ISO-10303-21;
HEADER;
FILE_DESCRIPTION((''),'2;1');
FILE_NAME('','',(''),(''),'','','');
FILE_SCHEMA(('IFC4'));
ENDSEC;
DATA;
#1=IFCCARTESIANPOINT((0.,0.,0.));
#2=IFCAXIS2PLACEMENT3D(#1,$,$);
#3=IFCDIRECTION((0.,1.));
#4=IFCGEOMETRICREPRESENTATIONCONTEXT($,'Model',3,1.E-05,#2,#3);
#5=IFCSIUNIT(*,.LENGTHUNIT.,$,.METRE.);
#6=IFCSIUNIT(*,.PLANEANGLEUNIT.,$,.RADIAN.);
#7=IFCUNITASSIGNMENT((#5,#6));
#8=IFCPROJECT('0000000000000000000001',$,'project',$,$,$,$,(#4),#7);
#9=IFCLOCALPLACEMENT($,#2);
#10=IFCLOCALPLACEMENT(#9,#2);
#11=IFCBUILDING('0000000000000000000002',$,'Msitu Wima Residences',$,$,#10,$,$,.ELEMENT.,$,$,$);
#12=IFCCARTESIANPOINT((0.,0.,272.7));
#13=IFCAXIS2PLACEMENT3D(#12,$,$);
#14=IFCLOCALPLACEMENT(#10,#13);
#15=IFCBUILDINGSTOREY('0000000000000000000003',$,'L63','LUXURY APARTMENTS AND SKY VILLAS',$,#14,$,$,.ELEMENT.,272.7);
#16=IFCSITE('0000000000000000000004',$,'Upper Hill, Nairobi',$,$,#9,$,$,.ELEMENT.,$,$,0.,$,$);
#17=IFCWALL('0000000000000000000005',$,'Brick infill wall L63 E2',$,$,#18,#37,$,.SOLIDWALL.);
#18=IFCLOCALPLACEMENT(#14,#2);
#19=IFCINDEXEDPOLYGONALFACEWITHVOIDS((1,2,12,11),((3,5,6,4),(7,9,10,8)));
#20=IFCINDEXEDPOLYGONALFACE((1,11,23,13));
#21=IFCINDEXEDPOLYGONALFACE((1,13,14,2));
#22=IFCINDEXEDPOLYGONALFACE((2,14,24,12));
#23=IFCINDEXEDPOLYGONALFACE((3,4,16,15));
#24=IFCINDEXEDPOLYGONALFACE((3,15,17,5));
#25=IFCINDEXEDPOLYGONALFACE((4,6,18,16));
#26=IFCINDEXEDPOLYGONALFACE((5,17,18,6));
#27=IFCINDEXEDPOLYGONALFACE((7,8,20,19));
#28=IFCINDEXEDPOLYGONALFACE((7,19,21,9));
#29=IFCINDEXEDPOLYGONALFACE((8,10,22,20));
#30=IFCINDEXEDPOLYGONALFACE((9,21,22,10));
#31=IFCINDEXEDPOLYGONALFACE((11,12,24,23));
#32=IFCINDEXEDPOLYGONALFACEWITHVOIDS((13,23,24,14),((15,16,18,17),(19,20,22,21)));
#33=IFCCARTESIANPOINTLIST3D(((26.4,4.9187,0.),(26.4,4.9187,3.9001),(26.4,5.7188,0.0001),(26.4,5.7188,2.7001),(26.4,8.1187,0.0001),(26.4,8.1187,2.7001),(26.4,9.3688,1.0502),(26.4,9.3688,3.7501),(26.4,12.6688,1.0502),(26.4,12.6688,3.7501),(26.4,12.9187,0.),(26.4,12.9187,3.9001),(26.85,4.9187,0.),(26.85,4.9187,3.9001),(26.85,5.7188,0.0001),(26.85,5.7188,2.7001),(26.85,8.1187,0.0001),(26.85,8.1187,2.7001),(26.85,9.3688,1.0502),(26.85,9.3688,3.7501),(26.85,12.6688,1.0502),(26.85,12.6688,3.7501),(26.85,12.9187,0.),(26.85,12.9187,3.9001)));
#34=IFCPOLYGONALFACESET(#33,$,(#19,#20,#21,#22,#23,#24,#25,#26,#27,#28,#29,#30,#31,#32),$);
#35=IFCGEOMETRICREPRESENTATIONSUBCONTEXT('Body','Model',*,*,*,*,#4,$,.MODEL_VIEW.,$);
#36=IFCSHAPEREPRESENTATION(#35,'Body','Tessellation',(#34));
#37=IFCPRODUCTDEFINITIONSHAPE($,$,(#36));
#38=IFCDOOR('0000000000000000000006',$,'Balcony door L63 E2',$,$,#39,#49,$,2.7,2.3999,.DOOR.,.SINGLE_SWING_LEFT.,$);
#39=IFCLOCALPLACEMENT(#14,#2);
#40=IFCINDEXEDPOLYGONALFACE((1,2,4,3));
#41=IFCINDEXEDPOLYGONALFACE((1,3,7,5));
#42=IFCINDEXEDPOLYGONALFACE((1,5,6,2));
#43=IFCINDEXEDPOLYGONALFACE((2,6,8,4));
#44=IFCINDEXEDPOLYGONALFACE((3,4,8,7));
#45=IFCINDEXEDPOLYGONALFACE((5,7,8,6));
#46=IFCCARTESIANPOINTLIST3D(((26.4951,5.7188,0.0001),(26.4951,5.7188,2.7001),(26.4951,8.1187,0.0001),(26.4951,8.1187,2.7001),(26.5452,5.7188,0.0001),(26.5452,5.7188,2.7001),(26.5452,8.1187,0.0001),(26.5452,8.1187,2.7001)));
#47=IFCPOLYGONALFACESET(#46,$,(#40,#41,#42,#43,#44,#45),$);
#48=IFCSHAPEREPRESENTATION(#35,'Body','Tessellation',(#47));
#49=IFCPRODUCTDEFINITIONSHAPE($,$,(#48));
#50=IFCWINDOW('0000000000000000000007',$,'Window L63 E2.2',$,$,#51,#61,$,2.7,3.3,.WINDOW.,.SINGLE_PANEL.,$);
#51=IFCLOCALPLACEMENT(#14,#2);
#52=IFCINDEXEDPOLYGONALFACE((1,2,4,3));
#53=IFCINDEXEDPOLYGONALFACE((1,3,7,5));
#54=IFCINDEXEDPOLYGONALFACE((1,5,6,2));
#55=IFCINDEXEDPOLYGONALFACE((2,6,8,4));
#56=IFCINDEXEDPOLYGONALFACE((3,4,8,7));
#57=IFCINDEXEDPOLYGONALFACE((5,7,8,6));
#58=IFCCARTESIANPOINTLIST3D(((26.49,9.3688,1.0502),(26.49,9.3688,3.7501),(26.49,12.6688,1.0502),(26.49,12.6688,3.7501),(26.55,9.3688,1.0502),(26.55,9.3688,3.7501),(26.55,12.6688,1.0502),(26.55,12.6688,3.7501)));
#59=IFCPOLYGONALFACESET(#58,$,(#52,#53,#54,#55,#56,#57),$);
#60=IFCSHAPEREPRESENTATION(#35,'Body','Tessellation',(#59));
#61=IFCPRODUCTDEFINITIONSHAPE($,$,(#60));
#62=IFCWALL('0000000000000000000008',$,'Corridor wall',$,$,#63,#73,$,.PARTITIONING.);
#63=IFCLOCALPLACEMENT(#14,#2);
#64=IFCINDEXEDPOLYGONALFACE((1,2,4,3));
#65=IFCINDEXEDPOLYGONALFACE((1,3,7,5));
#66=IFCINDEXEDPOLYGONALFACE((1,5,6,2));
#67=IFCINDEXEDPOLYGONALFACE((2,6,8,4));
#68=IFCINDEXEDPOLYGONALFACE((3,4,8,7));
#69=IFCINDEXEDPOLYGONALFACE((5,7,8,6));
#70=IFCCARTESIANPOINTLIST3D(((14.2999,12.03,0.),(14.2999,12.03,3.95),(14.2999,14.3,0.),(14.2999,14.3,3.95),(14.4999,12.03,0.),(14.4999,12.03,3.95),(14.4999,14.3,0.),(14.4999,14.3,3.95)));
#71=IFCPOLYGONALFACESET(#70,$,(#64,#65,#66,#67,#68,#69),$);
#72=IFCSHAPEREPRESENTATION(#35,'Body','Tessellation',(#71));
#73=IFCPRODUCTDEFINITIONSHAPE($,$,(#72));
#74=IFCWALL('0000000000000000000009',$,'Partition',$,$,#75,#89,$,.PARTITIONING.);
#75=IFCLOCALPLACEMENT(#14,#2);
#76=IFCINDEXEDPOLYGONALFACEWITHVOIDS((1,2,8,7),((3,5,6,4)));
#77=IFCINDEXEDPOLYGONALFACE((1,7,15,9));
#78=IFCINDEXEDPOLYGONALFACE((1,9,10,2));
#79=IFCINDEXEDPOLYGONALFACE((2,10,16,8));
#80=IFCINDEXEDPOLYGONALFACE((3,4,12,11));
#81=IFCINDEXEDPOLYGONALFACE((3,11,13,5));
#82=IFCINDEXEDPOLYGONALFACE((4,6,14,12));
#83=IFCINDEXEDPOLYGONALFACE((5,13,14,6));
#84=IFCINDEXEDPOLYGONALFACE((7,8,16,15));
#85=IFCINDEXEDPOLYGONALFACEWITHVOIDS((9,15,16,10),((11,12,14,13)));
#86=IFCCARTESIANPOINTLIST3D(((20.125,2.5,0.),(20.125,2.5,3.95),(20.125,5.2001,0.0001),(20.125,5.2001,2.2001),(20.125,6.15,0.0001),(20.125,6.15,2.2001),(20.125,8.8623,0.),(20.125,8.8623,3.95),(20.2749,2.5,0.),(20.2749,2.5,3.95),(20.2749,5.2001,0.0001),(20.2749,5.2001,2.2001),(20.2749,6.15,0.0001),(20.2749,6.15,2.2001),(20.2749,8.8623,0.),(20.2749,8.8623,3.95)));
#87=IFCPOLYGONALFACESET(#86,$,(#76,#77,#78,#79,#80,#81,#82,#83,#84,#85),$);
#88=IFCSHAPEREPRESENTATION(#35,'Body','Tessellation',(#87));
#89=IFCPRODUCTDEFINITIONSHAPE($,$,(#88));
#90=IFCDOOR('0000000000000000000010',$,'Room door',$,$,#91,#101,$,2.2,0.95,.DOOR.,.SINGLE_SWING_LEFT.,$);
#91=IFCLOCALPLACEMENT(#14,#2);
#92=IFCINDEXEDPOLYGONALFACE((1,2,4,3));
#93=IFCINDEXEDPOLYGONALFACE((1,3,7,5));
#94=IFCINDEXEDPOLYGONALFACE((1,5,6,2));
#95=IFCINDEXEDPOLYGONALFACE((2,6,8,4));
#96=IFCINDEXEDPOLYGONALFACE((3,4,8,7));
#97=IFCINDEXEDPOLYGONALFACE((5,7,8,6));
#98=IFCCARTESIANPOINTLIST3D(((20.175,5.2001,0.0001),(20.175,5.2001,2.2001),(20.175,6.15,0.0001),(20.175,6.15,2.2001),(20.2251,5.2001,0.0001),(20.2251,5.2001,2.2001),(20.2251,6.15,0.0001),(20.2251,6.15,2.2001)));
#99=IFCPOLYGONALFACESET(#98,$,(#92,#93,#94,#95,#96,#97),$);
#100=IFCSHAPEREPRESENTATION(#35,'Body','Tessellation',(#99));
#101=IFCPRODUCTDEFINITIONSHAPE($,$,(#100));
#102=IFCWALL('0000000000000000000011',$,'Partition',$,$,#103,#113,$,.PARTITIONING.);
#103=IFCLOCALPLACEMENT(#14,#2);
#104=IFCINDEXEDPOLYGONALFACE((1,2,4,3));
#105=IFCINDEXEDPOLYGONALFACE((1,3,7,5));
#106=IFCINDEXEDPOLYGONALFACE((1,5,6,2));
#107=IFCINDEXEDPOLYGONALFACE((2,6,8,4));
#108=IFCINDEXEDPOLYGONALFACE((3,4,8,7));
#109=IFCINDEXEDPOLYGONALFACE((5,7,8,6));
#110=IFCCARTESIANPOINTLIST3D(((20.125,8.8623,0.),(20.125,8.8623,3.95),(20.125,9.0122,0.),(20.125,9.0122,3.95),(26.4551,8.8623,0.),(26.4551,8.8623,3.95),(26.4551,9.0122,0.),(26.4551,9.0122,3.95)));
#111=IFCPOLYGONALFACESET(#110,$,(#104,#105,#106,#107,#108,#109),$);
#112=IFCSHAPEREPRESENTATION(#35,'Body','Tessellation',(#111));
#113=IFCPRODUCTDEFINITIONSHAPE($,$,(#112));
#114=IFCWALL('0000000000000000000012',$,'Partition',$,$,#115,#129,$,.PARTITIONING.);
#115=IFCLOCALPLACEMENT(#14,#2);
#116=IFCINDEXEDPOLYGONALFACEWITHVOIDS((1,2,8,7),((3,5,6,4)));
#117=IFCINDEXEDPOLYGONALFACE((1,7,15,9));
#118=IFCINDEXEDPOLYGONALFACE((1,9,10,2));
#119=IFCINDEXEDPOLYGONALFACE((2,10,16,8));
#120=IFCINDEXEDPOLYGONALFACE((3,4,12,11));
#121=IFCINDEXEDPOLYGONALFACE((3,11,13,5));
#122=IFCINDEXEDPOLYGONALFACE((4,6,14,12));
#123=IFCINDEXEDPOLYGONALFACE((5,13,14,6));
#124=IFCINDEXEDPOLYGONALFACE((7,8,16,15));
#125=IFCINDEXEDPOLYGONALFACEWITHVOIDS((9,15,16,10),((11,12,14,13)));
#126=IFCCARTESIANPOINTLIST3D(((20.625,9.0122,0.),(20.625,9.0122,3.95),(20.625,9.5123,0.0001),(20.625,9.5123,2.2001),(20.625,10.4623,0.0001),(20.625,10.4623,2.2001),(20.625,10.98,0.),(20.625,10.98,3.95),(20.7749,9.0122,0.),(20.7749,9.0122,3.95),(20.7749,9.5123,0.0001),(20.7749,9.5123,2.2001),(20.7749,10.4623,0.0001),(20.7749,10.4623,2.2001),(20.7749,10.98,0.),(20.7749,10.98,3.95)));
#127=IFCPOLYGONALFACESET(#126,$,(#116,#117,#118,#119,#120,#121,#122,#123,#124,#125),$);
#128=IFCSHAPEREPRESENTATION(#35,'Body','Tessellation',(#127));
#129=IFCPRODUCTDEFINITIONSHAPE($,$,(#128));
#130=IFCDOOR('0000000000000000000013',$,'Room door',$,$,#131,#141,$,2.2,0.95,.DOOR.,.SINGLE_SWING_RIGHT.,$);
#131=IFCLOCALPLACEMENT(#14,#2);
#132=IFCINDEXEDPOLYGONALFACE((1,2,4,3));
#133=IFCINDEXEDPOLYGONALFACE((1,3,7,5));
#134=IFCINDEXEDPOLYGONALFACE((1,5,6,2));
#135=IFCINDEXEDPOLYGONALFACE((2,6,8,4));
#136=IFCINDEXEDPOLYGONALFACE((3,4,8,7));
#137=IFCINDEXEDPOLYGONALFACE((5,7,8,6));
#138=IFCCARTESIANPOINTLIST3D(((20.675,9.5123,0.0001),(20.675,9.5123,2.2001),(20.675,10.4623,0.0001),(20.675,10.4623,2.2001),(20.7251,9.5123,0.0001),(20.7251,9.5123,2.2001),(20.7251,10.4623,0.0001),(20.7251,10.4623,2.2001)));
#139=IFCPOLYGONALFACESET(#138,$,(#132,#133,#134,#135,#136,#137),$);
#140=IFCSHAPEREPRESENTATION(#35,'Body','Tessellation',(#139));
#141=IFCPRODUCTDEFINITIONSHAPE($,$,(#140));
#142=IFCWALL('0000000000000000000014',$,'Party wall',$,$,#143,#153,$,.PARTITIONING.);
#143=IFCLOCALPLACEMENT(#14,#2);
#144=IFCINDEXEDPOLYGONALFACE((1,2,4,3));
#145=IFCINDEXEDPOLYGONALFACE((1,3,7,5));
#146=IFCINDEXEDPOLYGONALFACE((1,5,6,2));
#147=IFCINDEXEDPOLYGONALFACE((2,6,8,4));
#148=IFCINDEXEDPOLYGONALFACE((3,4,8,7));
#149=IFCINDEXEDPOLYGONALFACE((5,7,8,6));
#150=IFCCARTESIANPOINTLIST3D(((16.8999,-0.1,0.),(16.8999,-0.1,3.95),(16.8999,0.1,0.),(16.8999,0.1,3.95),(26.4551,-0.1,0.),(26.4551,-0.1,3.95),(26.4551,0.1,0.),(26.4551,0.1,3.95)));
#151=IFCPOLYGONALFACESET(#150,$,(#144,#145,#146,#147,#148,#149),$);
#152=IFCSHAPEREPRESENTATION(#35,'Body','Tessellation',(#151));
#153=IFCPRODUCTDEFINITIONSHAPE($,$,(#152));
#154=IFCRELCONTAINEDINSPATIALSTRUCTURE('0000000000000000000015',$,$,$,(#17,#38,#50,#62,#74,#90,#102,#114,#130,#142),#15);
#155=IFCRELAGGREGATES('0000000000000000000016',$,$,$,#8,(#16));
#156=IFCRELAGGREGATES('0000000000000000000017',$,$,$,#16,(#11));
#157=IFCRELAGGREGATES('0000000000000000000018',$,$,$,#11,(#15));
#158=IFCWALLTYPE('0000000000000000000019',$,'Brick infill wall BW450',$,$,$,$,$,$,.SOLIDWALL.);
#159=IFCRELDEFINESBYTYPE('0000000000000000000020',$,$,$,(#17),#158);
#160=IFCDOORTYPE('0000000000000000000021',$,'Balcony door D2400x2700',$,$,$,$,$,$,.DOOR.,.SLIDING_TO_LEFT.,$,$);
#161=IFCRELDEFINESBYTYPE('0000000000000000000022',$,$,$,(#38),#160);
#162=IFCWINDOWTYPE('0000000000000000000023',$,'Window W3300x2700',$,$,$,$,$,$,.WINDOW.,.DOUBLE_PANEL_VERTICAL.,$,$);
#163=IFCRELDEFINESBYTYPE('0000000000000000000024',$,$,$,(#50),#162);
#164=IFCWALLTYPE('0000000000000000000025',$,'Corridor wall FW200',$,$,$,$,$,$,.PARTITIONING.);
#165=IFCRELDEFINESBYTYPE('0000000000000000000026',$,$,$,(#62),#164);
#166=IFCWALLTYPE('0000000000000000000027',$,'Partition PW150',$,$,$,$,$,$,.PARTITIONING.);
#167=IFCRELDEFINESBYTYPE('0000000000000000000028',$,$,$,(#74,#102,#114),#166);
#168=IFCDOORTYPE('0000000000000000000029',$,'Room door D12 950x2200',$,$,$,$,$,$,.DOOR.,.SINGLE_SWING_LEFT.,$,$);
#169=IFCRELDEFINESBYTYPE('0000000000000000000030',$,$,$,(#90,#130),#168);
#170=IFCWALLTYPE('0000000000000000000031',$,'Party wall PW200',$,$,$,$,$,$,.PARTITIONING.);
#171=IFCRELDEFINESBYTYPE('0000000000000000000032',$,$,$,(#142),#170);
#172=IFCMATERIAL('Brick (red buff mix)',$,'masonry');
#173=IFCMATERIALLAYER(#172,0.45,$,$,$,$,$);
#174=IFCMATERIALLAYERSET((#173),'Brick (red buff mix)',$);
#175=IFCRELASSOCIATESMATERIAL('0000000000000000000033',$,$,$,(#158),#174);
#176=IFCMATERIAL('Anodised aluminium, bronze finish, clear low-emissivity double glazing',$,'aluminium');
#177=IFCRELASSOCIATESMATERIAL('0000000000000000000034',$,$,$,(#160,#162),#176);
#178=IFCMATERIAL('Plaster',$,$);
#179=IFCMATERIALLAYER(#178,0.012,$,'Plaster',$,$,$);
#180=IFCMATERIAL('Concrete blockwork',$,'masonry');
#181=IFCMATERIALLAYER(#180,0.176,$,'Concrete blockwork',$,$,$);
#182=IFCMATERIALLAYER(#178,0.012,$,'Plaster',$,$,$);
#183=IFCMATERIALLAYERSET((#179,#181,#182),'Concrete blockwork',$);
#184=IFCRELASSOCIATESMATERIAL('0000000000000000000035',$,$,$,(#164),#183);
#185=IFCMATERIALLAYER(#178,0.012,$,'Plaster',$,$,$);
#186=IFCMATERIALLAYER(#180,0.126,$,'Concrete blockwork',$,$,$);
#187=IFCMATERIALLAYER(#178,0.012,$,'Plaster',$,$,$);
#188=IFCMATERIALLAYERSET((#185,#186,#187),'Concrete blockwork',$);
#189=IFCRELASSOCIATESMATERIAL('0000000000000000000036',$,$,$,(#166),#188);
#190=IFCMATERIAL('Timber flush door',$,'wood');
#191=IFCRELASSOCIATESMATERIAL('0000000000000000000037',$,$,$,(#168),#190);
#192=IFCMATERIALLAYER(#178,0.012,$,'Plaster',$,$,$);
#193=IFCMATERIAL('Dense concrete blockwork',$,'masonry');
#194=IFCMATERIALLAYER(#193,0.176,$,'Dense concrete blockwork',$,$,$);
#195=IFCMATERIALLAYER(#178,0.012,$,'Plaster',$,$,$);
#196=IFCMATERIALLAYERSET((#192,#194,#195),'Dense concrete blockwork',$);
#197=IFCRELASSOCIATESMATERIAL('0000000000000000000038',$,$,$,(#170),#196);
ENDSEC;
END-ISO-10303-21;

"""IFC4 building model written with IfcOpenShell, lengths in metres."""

from ifc_helpers import new_model, si_unit, direction, frame, frame_2d, origin, place, context, subcontext, project, spatial, rectangle, extrude, material, layer, layer_set, type_object, element, fill, save


model = new_model("IFC4")

# Units and contexts
model_context = context("Model", 3, precision=1e-05, world=origin(), true_north=direction((0.0, 1.0)))
body_context = subcontext(model_context, "Body", "Model", "MODEL_VIEW")
ifc_project = project(units=[si_unit("LENGTHUNIT", "METRE"), si_unit("PLANEANGLEUNIT", "RADIAN")], contexts=[model_context])

# Site, building, storey
site_placement = place(None, origin())
site = spatial("IfcSite", under=ifc_project, at=site_placement, Name="Upper Hill, Nairobi", CompositionType="ELEMENT", RefElevation=0.0)
building_placement = place(site_placement, origin())
building = spatial("IfcBuilding", under=site, at=building_placement, Name="Msitu Wima Residences", CompositionType="ELEMENT")
storey_placement = place(building_placement, frame((0.0, 0.0, 272.7)))
storey = spatial("IfcBuildingStorey", under=building, at=storey_placement, Name="L63", Description="LUXURY APARTMENTS AND SKY VILLAS", CompositionType="ELEMENT", Elevation=272.7)

# Wall, openings, door, window
ifc_material_1 = material(Name="Brick (red buff mix)", Category="masonry")
ifc_layer_1 = layer(ifc_material_1, 0.45)
ifc_layer_set_1 = layer_set([ifc_layer_1], Name="Brick (red buff mix)")
wall_type_1 = type_object("IfcWallType", Name="Brick infill wall BW450", PredefinedType="SOLIDWALL", material=ifc_layer_set_1)
wall_1_placement = place(storey_placement, frame((26.625, 4.9187, 0.0), z_axis=(0.0, 0.0, 1.0), x_axis=(0.0, 1.0, 0.0)))
wall_1 = element("IfcWall", 1, at=wall_1_placement, inside=storey, type_object=wall_type_1, Name="Brick infill wall L63 E2", PredefinedType="SOLIDWALL", context=body_context, shape_type="SweptSolid", body=[
    extrude(rectangle(XDim=8.0, YDim=0.45, at=frame_2d((4.0, 0.0))), origin(), (0.0, 0.0, 1.0), 3.9001),
])
opening_1_placement = place(wall_1_placement, frame((0.8, 0.0, 0.0)))
opening_1 = element("IfcOpeningElement", 2, at=opening_1_placement, cuts=wall_1, PredefinedType="OPENING", context=body_context, shape_type="SweptSolid", body=[
    extrude(rectangle(XDim=2.3999, YDim=2.7, at=frame_2d((1.2, 1.3501))), frame((0.0, 0.2349, 0.0), z_axis=(0.0, -1.0, 0.0), x_axis=(1.0, 0.0, 0.0)), (0.0, 0.0, 1.0), 0.47),
])
opening_2_placement = place(wall_1_placement, frame((4.4502, 0.0, 1.05)))
opening_2 = element("IfcOpeningElement", 3, at=opening_2_placement, cuts=wall_1, PredefinedType="OPENING", context=body_context, shape_type="SweptSolid", body=[
    extrude(rectangle(XDim=3.3, YDim=2.7, at=frame_2d((1.6499, 1.3501))), frame((0.0, 0.2349, 0.0), z_axis=(0.0, -1.0, 0.0), x_axis=(1.0, 0.0, 0.0)), (0.0, 0.0, 1.0), 0.47),
])
ifc_material_2 = material(Name="Anodised aluminium, bronze finish, clear low-emissivity double glazing", Category="aluminium")
door_type_1 = type_object("IfcDoorType", Name="Balcony door D2400x2700", OperationType="SLIDING_TO_LEFT", PredefinedType="DOOR", material=ifc_material_2)
door_1_placement = place(opening_1_placement, origin())
door_1 = element("IfcDoor", 4, at=door_1_placement, inside=storey, type_object=door_type_1, Name="Balcony door L63 E2", OperationType="SINGLE_SWING_LEFT", OverallHeight=2.7, OverallWidth=2.3999, PredefinedType="DOOR", context=body_context, shape_type="SweptSolid", body=[
    extrude(rectangle(XDim=2.3999, YDim=2.7, at=frame_2d((1.2, 1.3501))), frame((0.0, 0.1299, 0.0), z_axis=(0.0, -1.0, 0.0), x_axis=(1.0, 0.0, 0.0)), (0.0, 0.0, 1.0), 0.05),
])
fill(opening_1, door_1)
window_type = type_object("IfcWindowType", Name="Window W3300x2700", PartitioningType="DOUBLE_PANEL_VERTICAL", PredefinedType="WINDOW", material=ifc_material_2)
window_placement = place(opening_2_placement, origin())
window = element("IfcWindow", 5, at=window_placement, inside=storey, type_object=window_type, Name="Window L63 E2.2", OverallHeight=2.7, OverallWidth=3.3, PartitioningType="SINGLE_PANEL", PredefinedType="WINDOW", context=body_context, shape_type="SweptSolid", body=[
    extrude(rectangle(XDim=3.3, YDim=2.7, at=frame_2d((1.6499, 1.3501))), frame((0.0, 0.135, 0.0), z_axis=(0.0, -1.0, 0.0), x_axis=(1.0, 0.0, 0.0)), (0.0, 0.0, 1.0), 0.0601),
])
fill(opening_2, window)

# Wall
ifc_material_3 = material(Name="Plaster")
ifc_layer_2 = layer(ifc_material_3, 0.012, Name="Plaster")
ifc_material_4 = material(Name="Concrete blockwork", Category="masonry")
ifc_layer_3 = layer(ifc_material_4, 0.176, Name="Concrete blockwork")
ifc_layer_4 = layer(ifc_material_3, 0.012, Name="Plaster")
ifc_layer_set_2 = layer_set([ifc_layer_2, ifc_layer_3, ifc_layer_4], Name="Concrete blockwork")
wall_type_2 = type_object("IfcWallType", Name="Corridor wall FW200", PredefinedType="PARTITIONING", material=ifc_layer_set_2)
wall_2_placement = place(storey_placement, frame((14.3999, 12.03, 0.0), z_axis=(0.0, 0.0, 1.0), x_axis=(0.0, 1.0, 0.0)))
element("IfcWall", 6, at=wall_2_placement, inside=storey, type_object=wall_type_2, Name="Corridor wall", PredefinedType="PARTITIONING", context=body_context, shape_type="SweptSolid", body=[
    extrude(rectangle(XDim=2.27, YDim=0.2, at=frame_2d((1.135, 0.0))), origin(), (0.0, 0.0, 1.0), 3.95),
])

# Wall, opening, door
ifc_layer_5 = layer(ifc_material_3, 0.012, Name="Plaster")
ifc_layer_6 = layer(ifc_material_4, 0.126, Name="Concrete blockwork")
ifc_layer_7 = layer(ifc_material_3, 0.012, Name="Plaster")
ifc_layer_set_3 = layer_set([ifc_layer_5, ifc_layer_6, ifc_layer_7], Name="Concrete blockwork")
wall_type_3 = type_object("IfcWallType", Name="Partition PW150", PredefinedType="PARTITIONING", material=ifc_layer_set_3)
wall_3_placement = place(storey_placement, frame((20.2, 2.5, 0.0), z_axis=(0.0, 0.0, 1.0), x_axis=(0.0, 1.0, 0.0)))
wall_3 = element("IfcWall", 7, at=wall_3_placement, inside=storey, type_object=wall_type_3, Name="Partition", PredefinedType="PARTITIONING", context=body_context, shape_type="SweptSolid", body=[
    extrude(rectangle(XDim=6.3623, YDim=0.1499, at=frame_2d((3.1812, 0.0))), origin(), (0.0, 0.0, 1.0), 3.95),
])
opening_3_placement = place(wall_3_placement, frame((2.7, 0.0, 0.0)))
opening_3 = element("IfcOpeningElement", 8, at=opening_3_placement, cuts=wall_3, PredefinedType="OPENING", context=body_context, shape_type="SweptSolid", body=[
    extrude(rectangle(XDim=0.95, YDim=2.2, at=frame_2d((0.4751, 1.1001))), frame((0.0, 0.085, 0.0), z_axis=(0.0, -1.0, 0.0), x_axis=(1.0, 0.0, 0.0)), (0.0, 0.0, 1.0), 0.1699),
])
ifc_material_5 = material(Name="Timber flush door", Category="wood")
door_type_2 = type_object("IfcDoorType", Name="Room door D12 950x2200", OperationType="SINGLE_SWING_LEFT", PredefinedType="DOOR", material=ifc_material_5)
door_2_placement = place(opening_3_placement, origin())
door_2 = element("IfcDoor", 9, at=door_2_placement, inside=storey, type_object=door_type_2, Name="Room door", OperationType="SINGLE_SWING_LEFT", OverallHeight=2.2, OverallWidth=0.95, PredefinedType="DOOR", context=body_context, shape_type="SweptSolid", body=[
    extrude(rectangle(XDim=0.95, YDim=2.2, at=frame_2d((0.4751, 1.1001))), frame((0.0, 0.0249, 0.0), z_axis=(0.0, -1.0, 0.0), x_axis=(1.0, 0.0, 0.0)), (0.0, 0.0, 1.0), 0.05),
])
fill(opening_3, door_2)

# Wall
wall_4_placement = place(storey_placement, frame((20.125, 8.9373, 0.0), z_axis=(0.0, 0.0, 1.0), x_axis=(1.0, 0.0, 0.0)))
element("IfcWall", 10, at=wall_4_placement, inside=storey, type_object=wall_type_3, Name="Partition", PredefinedType="PARTITIONING", context=body_context, shape_type="SweptSolid", body=[
    extrude(rectangle(XDim=6.3301, YDim=0.1499, at=frame_2d((3.165, 0.0))), origin(), (0.0, 0.0, 1.0), 3.95),
])

# Wall, opening, door
wall_5_placement = place(storey_placement, frame((20.7, 9.0122, 0.0), z_axis=(0.0, 0.0, 1.0), x_axis=(0.0, 1.0, 0.0)))
wall_5 = element("IfcWall", 11, at=wall_5_placement, inside=storey, type_object=wall_type_3, Name="Partition", PredefinedType="PARTITIONING", context=body_context, shape_type="SweptSolid", body=[
    extrude(rectangle(XDim=1.9678, YDim=0.1499, at=frame_2d((0.9839, 0.0))), origin(), (0.0, 0.0, 1.0), 3.95),
])
opening_4_placement = place(wall_5_placement, frame((0.5, 0.0, 0.0)))
opening_4 = element("IfcOpeningElement", 12, at=opening_4_placement, cuts=wall_5, PredefinedType="OPENING", context=body_context, shape_type="SweptSolid", body=[
    extrude(rectangle(XDim=0.95, YDim=2.2, at=frame_2d((0.4751, 1.1001))), frame((0.0, 0.085, 0.0), z_axis=(0.0, -1.0, 0.0), x_axis=(1.0, 0.0, 0.0)), (0.0, 0.0, 1.0), 0.1699),
])
door_3_placement = place(opening_4_placement, origin())
door_3 = element("IfcDoor", 13, at=door_3_placement, inside=storey, type_object=door_type_2, Name="Room door", OperationType="SINGLE_SWING_RIGHT", OverallHeight=2.2, OverallWidth=0.95, PredefinedType="DOOR", context=body_context, shape_type="SweptSolid", body=[
    extrude(rectangle(XDim=0.95, YDim=2.2, at=frame_2d((0.4751, 1.1001))), frame((0.0, 0.0249, 0.0), z_axis=(0.0, -1.0, 0.0), x_axis=(1.0, 0.0, 0.0)), (0.0, 0.0, 1.0), 0.05),
])
fill(opening_4, door_3)

# Wall
ifc_layer_8 = layer(ifc_material_3, 0.012, Name="Plaster")
ifc_material_6 = material(Name="Dense concrete blockwork", Category="masonry")
ifc_layer_9 = layer(ifc_material_6, 0.176, Name="Dense concrete blockwork")
ifc_layer_10 = layer(ifc_material_3, 0.012, Name="Plaster")
ifc_layer_set_4 = layer_set([ifc_layer_8, ifc_layer_9, ifc_layer_10], Name="Dense concrete blockwork")
wall_type_4 = type_object("IfcWallType", Name="Party wall PW200", PredefinedType="PARTITIONING", material=ifc_layer_set_4)
wall_6_placement = place(storey_placement, frame((16.8999, 0.0, 0.0), z_axis=(0.0, 0.0, 1.0), x_axis=(1.0, 0.0, 0.0)))
element("IfcWall", 14, at=wall_6_placement, inside=storey, type_object=wall_type_4, Name="Party wall", PredefinedType="PARTITIONING", context=body_context, shape_type="SweptSolid", body=[
    extrude(rectangle(XDim=9.5552, YDim=0.2, at=frame_2d((4.7776, 0.0))), origin(), (0.0, 0.0, 1.0), 3.95),
])

save(model, "model.ifc")
